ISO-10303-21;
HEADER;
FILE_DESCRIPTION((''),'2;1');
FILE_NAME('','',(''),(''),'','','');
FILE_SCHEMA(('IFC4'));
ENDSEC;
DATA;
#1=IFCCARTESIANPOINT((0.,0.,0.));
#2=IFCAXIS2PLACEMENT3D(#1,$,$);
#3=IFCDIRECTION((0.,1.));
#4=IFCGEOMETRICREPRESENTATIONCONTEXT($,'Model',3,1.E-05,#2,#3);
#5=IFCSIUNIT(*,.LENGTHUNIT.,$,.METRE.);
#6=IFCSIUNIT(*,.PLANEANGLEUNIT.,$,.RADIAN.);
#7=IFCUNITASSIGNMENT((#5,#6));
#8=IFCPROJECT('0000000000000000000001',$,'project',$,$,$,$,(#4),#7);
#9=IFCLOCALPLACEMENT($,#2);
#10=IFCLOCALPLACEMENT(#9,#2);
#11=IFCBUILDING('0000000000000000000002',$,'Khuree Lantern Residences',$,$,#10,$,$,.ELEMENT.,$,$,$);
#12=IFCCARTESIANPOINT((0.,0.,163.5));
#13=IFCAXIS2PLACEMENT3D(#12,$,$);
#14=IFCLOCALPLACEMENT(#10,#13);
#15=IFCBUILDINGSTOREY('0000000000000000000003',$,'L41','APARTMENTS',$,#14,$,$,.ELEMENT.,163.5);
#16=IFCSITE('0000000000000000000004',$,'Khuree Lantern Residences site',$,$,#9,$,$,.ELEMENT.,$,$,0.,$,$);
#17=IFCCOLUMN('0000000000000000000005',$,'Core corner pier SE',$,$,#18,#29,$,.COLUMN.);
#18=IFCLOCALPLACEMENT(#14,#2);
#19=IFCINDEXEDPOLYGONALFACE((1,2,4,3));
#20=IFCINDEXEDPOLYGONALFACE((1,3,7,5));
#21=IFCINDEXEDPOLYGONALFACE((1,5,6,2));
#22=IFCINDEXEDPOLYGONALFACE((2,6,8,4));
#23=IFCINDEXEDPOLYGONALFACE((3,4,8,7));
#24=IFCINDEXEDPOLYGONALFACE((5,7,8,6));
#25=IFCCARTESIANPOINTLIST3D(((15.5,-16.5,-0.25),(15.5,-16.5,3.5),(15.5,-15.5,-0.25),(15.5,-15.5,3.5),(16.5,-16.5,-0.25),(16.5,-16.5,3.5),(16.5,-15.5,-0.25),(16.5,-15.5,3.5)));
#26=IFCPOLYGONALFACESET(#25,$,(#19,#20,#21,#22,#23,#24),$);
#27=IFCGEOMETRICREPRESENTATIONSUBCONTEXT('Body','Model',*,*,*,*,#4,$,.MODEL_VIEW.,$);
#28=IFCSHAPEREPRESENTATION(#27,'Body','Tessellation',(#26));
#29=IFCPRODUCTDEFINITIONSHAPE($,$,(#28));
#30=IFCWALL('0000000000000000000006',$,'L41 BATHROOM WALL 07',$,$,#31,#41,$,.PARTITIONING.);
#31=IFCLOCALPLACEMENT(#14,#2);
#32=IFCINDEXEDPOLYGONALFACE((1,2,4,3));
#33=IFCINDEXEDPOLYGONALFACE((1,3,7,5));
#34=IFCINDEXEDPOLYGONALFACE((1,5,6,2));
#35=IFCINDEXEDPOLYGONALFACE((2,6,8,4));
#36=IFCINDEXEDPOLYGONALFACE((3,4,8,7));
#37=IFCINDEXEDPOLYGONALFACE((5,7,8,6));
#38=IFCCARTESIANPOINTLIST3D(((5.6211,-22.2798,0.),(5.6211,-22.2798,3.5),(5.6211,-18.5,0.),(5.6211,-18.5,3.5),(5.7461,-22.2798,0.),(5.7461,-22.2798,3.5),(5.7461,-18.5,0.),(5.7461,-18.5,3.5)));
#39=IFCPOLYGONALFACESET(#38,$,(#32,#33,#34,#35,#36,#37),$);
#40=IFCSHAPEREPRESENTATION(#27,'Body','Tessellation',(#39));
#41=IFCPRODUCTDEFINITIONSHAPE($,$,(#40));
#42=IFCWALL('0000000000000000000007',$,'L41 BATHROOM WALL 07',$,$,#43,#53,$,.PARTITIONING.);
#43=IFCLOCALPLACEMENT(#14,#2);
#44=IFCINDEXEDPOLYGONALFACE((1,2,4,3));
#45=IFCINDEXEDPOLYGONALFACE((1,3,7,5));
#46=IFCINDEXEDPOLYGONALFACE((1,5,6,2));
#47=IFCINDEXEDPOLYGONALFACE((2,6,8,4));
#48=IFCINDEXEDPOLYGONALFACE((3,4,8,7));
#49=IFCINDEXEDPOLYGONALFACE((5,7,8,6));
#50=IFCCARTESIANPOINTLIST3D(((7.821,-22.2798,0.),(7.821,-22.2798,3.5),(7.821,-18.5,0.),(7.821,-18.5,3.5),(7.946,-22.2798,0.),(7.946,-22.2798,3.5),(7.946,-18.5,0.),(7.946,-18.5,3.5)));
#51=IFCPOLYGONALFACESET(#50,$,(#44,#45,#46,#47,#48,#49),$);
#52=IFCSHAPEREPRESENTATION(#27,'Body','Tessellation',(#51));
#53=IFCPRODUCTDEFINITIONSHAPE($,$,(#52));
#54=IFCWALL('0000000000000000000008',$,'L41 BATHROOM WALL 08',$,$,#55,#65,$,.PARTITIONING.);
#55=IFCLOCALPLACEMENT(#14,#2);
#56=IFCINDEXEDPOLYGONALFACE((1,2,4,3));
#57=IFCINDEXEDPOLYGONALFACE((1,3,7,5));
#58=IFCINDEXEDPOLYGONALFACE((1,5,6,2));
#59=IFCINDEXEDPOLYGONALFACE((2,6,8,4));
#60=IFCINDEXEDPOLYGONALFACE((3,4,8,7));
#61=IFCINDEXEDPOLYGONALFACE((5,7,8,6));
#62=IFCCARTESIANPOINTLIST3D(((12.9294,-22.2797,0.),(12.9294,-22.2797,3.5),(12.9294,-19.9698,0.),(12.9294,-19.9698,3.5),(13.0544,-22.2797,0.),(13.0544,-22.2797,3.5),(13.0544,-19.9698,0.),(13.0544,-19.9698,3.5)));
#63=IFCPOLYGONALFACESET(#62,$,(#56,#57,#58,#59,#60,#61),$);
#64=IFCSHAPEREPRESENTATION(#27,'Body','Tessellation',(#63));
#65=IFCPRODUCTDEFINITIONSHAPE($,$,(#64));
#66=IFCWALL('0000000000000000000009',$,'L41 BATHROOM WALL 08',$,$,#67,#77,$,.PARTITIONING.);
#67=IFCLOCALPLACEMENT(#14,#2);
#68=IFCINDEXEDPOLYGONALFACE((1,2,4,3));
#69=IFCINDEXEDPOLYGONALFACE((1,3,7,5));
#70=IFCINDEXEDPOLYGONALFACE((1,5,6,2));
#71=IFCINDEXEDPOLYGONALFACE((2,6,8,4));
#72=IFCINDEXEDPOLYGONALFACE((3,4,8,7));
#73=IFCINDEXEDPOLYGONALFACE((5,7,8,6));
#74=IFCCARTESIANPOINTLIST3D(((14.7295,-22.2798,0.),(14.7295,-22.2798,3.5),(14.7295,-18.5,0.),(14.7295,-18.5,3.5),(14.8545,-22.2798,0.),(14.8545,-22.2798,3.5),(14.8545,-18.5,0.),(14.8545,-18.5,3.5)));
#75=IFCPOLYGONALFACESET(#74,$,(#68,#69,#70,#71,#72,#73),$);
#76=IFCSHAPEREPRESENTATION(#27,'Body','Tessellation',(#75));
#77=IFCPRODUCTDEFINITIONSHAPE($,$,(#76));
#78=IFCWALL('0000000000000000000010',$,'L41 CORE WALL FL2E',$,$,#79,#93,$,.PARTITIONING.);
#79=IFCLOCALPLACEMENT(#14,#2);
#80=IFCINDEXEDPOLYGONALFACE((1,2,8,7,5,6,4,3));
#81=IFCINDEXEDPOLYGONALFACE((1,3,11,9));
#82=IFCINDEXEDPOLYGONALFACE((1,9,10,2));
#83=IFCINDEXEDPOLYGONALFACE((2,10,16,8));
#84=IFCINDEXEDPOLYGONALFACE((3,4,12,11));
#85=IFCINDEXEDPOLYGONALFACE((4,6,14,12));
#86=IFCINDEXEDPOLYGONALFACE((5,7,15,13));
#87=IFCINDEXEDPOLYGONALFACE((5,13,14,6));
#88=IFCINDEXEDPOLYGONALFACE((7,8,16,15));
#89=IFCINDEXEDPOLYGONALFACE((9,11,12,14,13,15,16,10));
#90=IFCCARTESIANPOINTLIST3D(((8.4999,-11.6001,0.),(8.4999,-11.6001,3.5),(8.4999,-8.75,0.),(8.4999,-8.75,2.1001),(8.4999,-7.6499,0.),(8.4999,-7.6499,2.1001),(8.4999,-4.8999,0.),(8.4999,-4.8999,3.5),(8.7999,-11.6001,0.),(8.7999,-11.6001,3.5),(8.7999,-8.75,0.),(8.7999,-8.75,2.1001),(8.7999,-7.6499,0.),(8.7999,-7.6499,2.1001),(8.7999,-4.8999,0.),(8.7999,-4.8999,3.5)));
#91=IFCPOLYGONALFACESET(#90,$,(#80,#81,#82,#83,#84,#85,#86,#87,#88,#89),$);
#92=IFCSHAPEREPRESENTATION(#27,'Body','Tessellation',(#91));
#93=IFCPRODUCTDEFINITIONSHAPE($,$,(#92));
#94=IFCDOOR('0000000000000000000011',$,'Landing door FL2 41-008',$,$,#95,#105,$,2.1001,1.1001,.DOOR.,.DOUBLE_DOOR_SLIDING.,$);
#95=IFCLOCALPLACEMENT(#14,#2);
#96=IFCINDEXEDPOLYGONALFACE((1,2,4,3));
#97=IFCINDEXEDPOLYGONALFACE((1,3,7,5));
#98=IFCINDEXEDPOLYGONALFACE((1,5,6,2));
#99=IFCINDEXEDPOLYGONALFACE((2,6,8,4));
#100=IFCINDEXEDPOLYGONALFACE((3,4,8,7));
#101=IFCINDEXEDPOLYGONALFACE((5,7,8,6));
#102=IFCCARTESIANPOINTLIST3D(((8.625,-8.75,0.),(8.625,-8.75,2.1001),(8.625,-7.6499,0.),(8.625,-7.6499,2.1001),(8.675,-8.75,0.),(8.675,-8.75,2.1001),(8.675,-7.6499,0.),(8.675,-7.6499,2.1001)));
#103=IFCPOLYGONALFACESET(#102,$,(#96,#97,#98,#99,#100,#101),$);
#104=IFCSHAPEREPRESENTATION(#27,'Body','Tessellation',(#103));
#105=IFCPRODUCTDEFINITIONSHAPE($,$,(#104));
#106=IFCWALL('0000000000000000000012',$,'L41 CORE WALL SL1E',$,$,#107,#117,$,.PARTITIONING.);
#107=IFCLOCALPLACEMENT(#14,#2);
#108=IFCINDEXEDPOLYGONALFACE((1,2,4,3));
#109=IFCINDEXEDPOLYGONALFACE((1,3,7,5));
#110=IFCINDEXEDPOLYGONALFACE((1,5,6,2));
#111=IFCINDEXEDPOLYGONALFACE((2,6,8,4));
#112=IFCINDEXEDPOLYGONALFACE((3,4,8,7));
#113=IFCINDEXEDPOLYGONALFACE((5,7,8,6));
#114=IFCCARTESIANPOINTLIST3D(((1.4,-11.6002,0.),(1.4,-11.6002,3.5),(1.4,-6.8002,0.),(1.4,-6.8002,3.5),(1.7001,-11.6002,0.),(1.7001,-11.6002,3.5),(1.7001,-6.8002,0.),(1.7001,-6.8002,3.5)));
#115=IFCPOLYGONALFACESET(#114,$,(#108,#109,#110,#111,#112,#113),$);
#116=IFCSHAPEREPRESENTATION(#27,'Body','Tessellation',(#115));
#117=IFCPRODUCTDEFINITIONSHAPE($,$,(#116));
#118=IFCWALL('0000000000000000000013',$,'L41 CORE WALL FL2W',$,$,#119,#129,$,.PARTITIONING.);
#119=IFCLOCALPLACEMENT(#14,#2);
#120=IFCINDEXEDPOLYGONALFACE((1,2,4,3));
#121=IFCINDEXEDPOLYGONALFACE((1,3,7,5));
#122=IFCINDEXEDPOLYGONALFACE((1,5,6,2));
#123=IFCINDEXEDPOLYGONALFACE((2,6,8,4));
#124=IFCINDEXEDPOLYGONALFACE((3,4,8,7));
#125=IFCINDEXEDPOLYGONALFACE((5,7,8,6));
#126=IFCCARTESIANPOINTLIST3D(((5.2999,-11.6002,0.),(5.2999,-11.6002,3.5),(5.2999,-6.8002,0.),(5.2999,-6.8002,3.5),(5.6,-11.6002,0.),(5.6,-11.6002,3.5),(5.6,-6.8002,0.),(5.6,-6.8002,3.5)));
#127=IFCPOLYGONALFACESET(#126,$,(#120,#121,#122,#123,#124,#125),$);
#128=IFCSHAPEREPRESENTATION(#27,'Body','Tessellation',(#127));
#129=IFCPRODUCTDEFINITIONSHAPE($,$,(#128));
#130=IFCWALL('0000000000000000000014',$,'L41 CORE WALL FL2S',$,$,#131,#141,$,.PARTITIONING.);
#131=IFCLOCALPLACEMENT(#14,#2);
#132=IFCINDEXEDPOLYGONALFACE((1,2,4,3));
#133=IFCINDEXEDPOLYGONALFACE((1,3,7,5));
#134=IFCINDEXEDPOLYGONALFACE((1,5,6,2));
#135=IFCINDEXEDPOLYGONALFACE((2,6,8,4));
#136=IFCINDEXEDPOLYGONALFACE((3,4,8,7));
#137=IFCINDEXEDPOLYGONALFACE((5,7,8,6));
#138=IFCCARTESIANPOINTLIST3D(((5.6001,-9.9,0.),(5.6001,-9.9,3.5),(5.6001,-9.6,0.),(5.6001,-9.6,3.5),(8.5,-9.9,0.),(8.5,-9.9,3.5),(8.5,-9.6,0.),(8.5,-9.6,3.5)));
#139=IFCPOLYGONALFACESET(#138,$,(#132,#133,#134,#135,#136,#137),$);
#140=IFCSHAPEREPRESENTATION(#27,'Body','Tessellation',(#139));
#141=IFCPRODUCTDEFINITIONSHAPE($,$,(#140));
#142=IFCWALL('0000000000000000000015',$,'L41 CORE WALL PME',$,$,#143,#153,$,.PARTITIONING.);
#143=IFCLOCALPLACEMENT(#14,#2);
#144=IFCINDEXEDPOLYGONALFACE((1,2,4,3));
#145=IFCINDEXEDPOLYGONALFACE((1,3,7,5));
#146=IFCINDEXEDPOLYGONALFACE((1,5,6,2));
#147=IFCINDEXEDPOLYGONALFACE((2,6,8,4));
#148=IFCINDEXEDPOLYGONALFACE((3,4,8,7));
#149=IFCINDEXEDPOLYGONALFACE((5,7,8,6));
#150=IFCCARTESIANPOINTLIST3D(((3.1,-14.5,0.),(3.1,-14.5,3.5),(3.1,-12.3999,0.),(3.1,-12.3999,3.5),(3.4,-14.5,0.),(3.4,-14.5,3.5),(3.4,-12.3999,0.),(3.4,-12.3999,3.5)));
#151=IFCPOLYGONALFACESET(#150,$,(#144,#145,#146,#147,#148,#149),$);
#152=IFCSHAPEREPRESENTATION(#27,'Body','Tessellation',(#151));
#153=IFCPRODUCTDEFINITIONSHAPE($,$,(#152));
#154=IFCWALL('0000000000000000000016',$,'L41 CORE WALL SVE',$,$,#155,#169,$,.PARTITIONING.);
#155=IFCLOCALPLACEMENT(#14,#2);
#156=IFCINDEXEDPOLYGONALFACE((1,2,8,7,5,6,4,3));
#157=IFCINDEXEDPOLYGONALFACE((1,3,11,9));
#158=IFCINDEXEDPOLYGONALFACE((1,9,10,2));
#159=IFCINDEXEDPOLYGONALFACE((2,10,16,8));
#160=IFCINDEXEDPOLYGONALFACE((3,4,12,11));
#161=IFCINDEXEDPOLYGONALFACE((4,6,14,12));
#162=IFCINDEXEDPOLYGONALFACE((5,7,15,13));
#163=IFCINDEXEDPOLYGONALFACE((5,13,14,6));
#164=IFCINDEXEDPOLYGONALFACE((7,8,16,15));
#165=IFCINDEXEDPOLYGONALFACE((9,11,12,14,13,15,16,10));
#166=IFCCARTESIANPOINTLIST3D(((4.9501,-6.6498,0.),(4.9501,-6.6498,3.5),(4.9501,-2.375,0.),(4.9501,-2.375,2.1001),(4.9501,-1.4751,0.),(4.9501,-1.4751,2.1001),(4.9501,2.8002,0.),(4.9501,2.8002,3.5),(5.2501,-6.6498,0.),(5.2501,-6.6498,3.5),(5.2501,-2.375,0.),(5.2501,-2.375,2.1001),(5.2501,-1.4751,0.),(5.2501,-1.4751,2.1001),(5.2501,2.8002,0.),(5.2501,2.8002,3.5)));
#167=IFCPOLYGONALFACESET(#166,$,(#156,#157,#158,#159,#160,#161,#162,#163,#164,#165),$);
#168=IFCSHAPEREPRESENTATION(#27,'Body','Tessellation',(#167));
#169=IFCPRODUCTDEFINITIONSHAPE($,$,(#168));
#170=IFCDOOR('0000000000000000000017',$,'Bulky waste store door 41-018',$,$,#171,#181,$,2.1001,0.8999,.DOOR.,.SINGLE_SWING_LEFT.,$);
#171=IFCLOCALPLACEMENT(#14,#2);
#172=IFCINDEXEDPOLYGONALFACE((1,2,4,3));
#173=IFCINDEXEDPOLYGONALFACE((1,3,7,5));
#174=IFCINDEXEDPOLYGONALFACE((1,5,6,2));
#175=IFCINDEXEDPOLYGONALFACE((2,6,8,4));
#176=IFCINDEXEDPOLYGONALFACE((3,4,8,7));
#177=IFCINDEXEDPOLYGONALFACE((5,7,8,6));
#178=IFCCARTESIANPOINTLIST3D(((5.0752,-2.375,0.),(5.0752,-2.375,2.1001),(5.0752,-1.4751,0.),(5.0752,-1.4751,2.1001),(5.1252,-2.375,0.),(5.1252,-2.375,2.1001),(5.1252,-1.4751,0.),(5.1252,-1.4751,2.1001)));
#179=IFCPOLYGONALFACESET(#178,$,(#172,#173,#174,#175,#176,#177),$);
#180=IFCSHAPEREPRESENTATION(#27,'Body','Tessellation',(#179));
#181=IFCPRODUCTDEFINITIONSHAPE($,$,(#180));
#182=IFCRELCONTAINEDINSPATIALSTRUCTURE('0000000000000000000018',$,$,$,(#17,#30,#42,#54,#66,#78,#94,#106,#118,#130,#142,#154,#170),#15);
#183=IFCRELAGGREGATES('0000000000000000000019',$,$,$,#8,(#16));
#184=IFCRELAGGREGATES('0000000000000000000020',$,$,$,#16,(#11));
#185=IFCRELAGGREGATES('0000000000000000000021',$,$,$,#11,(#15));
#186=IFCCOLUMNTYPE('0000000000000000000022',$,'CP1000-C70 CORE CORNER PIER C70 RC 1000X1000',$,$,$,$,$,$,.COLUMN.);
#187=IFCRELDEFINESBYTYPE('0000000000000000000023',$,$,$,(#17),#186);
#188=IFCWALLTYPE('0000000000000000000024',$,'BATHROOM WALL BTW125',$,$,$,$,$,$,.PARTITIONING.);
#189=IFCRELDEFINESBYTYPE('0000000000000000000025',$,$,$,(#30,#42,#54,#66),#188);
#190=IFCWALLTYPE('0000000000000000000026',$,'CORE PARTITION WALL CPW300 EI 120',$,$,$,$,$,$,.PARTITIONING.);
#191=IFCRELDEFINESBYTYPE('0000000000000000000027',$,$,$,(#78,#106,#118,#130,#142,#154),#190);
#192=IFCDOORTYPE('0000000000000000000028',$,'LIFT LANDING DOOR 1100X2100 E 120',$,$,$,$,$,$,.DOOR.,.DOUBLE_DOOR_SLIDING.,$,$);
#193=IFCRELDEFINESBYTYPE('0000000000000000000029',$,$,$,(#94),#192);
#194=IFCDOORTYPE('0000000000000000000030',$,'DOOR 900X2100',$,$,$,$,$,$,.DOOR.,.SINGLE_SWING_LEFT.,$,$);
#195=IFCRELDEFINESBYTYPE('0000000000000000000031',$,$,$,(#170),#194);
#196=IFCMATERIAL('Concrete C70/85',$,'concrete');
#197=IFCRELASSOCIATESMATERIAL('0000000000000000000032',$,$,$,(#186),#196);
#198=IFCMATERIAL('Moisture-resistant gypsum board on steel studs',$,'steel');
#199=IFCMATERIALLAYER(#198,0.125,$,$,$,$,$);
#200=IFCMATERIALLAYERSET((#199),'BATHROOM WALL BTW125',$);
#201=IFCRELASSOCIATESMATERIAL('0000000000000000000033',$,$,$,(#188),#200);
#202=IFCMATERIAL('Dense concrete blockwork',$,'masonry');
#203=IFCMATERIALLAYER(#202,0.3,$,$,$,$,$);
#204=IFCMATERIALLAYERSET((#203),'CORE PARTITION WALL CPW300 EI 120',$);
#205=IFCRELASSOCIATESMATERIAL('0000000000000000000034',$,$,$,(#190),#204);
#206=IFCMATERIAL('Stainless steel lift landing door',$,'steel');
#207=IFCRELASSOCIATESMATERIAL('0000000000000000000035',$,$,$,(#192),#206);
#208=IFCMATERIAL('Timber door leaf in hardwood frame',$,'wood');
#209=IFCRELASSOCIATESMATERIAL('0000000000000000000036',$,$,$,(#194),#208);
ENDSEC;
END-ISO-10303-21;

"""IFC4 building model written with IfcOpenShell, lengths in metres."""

from ifc_helpers import new_model, si_unit, direction, frame, frame_2d, origin, origin_2d, place, context, subcontext, project, spatial, rectangle, extrude, material, layer, layer_set, material_profile, profile_set, type_object, element, fill, save


model = new_model("IFC4")

# Units and contexts
model_context = context("Model", 3, precision=1e-05, world=origin(), true_north=direction((0.0, 1.0)))
body_context = subcontext(model_context, "Body", "Model", "MODEL_VIEW")
ifc_project = project(units=[si_unit("LENGTHUNIT", "METRE"), si_unit("PLANEANGLEUNIT", "RADIAN")], contexts=[model_context])

# Site, building, storey
site_placement = place(None, origin())
site = spatial("IfcSite", under=ifc_project, at=site_placement, Name="Khuree Lantern Residences site", CompositionType="ELEMENT", RefElevation=0.0)
building_placement = place(site_placement, origin())
building = spatial("IfcBuilding", under=site, at=building_placement, Name="Khuree Lantern Residences", CompositionType="ELEMENT")
storey_placement = place(building_placement, frame((0.0, 0.0, 163.5)))
storey = spatial("IfcBuildingStorey", under=building, at=storey_placement, Name="L41", Description="APARTMENTS", CompositionType="ELEMENT", Elevation=163.5)

# Column
ifc_material_1 = material(Name="Concrete C70/85", Category="concrete")
ifc_material_profile = material_profile(ifc_material_1, rectangle(XDim=1.0, YDim=1.0, at=origin_2d()), Name="RC 1000X1000")
ifc_profile_set = profile_set([ifc_material_profile], Name="Concrete C70/85")
column_type = type_object("IfcColumnType", Name="CP1000-C70 CORE CORNER PIER C70 RC 1000X1000", PredefinedType="COLUMN", material=ifc_profile_set)
column_placement = place(storey_placement, frame((16.0, -16.0, -0.25), z_axis=(0.0, 0.0, 1.0), x_axis=(1.0, 0.0, 0.0)))
element("IfcColumn", 1, at=column_placement, inside=storey, type_object=column_type, Name="Core corner pier SE", PredefinedType="COLUMN", context=body_context, shape_type="SweptSolid", body=[
    extrude(rectangle(XDim=1.0, YDim=1.0, at=origin_2d()), origin(), (0.0, 0.0, 1.0), 3.75),
])

# Walls
ifc_material_2 = material(Name="Moisture-resistant gypsum board on steel studs", Category="steel")
ifc_layer_1 = layer(ifc_material_2, 0.125)
ifc_layer_set_1 = layer_set([ifc_layer_1], Name="BATHROOM WALL BTW125")
wall_type_1 = type_object("IfcWallType", Name="BATHROOM WALL BTW125", PredefinedType="PARTITIONING", material=ifc_layer_set_1)
for number, where, z_axis, x_axis, name in (
    (2, (5.6836, -18.5, 0.0), (0.0, 0.0, 1.0), (0.0, -1.0, 0.0), "L41 BATHROOM WALL 07"),
    (3, (7.8835, -18.5, 0.0), (0.0, 0.0, 1.0), (0.0, -1.0, 0.0), "L41 BATHROOM WALL 07"),
):
    element("IfcWall", number, at=place(storey_placement, frame(where, z_axis=z_axis, x_axis=x_axis)), inside=storey, type_object=wall_type_1, Name=name, PredefinedType="PARTITIONING", context=body_context, shape_type="SweptSolid", body=[
        extrude(rectangle(XDim=3.7798, YDim=0.125, at=frame_2d((1.8899, 0.0))), origin(), (0.0, 0.0, 1.0), 3.5),
    ])
wall_1_placement = place(storey_placement, frame((12.9919, -19.97, 0.0), z_axis=(0.0, 0.0, 1.0), x_axis=(0.0, -1.0, 0.0)))
element("IfcWall", 4, at=wall_1_placement, inside=storey, type_object=wall_type_1, Name="L41 BATHROOM WALL 08", PredefinedType="PARTITIONING", context=body_context, shape_type="SweptSolid", body=[
    extrude(rectangle(XDim=2.3098, YDim=0.125, at=frame_2d((1.1548, 0.0))), origin(), (0.0, 0.0, 1.0), 3.5),
])
wall_2_placement = place(storey_placement, frame((14.792, -18.5, 0.0), z_axis=(0.0, 0.0, 1.0), x_axis=(0.0, -1.0, 0.0)))
element("IfcWall", 5, at=wall_2_placement, inside=storey, type_object=wall_type_1, Name="L41 BATHROOM WALL 08", PredefinedType="PARTITIONING", context=body_context, shape_type="SweptSolid", body=[
    extrude(rectangle(XDim=3.7798, YDim=0.125, at=frame_2d((1.8899, 0.0))), origin(), (0.0, 0.0, 1.0), 3.5),
])

# Wall, opening, door
ifc_material_3 = material(Name="Dense concrete blockwork", Category="masonry")
ifc_layer_2 = layer(ifc_material_3, 0.3)
ifc_layer_set_2 = layer_set([ifc_layer_2], Name="CORE PARTITION WALL CPW300 EI 120")
wall_type_2 = type_object("IfcWallType", Name="CORE PARTITION WALL CPW300 EI 120", PredefinedType="PARTITIONING", material=ifc_layer_set_2)
wall_3_placement = place(storey_placement, frame((8.6499, -11.6001, 0.0), z_axis=(0.0, 0.0, 1.0), x_axis=(0.0, 1.0, 0.0)))
wall_3 = element("IfcWall", 6, at=wall_3_placement, inside=storey, type_object=wall_type_2, Name="L41 CORE WALL FL2E", PredefinedType="PARTITIONING", context=body_context, shape_type="SweptSolid", body=[
    extrude(rectangle(XDim=6.7002, YDim=0.3, at=frame_2d((3.3501, 0.0))), origin(), (0.0, 0.0, 1.0), 3.5),
])
opening_1_placement = place(wall_3_placement, frame((2.8501, 0.0, 0.0)))
opening_1 = element("IfcOpeningElement", 7, at=opening_1_placement, cuts=wall_3, PredefinedType="OPENING", context=body_context, shape_type="SweptSolid", body=[
    extrude(rectangle(XDim=1.1001, YDim=2.1001, at=frame_2d((0.55, 1.05))), frame((0.0, 0.1602, 0.0), z_axis=(0.0, -1.0, 0.0), x_axis=(1.0, 0.0, 0.0)), (0.0, 0.0, 1.0), 0.3201),
])
ifc_material_4 = material(Name="Stainless steel lift landing door", Category="steel")
door_type_1 = type_object("IfcDoorType", Name="LIFT LANDING DOOR 1100X2100 E 120", OperationType="DOUBLE_DOOR_SLIDING", PredefinedType="DOOR", material=ifc_material_4)
door_1_placement = place(opening_1_placement, origin())
door_1 = element("IfcDoor", 8, at=door_1_placement, inside=storey, type_object=door_type_1, Name="Landing door FL2 41-008", OperationType="DOUBLE_DOOR_SLIDING", OverallHeight=2.1001, OverallWidth=1.1001, PredefinedType="DOOR", context=body_context, shape_type="SweptSolid", body=[
    extrude(rectangle(XDim=1.1001, YDim=2.1001, at=frame_2d((0.55, 1.05))), frame((0.0, 0.0249, 0.0), z_axis=(0.0, -1.0, 0.0), x_axis=(1.0, 0.0, 0.0)), (0.0, 0.0, 1.0), 0.05),
])
fill(opening_1, door_1)

# Walls
for number, where, z_axis, x_axis, name in (
    (9, (1.55, -11.6001, 0.0), (0.0, 0.0, 1.0), (0.0, 1.0, 0.0), "L41 CORE WALL SL1E"),
    (10, (5.45, -11.6001, 0.0), (0.0, 0.0, 1.0), (0.0, 1.0, 0.0), "L41 CORE WALL FL2W"),
):
    element("IfcWall", number, at=place(storey_placement, frame(where, z_axis=z_axis, x_axis=x_axis)), inside=storey, type_object=wall_type_2, Name=name, PredefinedType="PARTITIONING", context=body_context, shape_type="SweptSolid", body=[
        extrude(rectangle(XDim=4.8, YDim=0.3, at=frame_2d((2.3999, 0.0))), origin(), (0.0, 0.0, 1.0), 3.5),
    ])
wall_4_placement = place(storey_placement, frame((5.6001, -9.75, 0.0), z_axis=(0.0, 0.0, 1.0), x_axis=(1.0, 0.0, 0.0)))
element("IfcWall", 11, at=wall_4_placement, inside=storey, type_object=wall_type_2, Name="L41 CORE WALL FL2S", PredefinedType="PARTITIONING", context=body_context, shape_type="SweptSolid", body=[
    extrude(rectangle(XDim=2.8999, YDim=0.3, at=frame_2d((1.45, 0.0))), origin(), (0.0, 0.0, 1.0), 3.5),
])
wall_5_placement = place(storey_placement, frame((3.25, -14.5, 0.0), z_axis=(0.0, 0.0, 1.0), x_axis=(0.0, 1.0, 0.0)))
element("IfcWall", 12, at=wall_5_placement, inside=storey, type_object=wall_type_2, Name="L41 CORE WALL PME", PredefinedType="PARTITIONING", context=body_context, shape_type="SweptSolid", body=[
    extrude(rectangle(XDim=2.1001, YDim=0.3, at=frame_2d((1.05, 0.0))), origin(), (0.0, 0.0, 1.0), 3.5),
])

# Wall, opening, door
wall_6_placement = place(storey_placement, frame((5.1001, -6.6499, 0.0), z_axis=(0.0, 0.0, 1.0), x_axis=(0.0, 1.0, 0.0)))
wall_6 = element("IfcWall", 13, at=wall_6_placement, inside=storey, type_object=wall_type_2, Name="L41 CORE WALL SVE", PredefinedType="PARTITIONING", context=body_context, shape_type="SweptSolid", body=[
    extrude(rectangle(XDim=9.45, YDim=0.3, at=frame_2d((4.7251, 0.0))), origin(), (0.0, 0.0, 1.0), 3.5),
])
opening_2_placement = place(wall_6_placement, frame((4.2749, 0.0, 0.0)))
opening_2 = element("IfcOpeningElement", 14, at=opening_2_placement, cuts=wall_6, PredefinedType="OPENING", context=body_context, shape_type="SweptSolid", body=[
    extrude(rectangle(XDim=0.8999, YDim=2.1001, at=frame_2d((0.45, 1.05))), frame((0.0, 0.1602, 0.0), z_axis=(0.0, -1.0, 0.0), x_axis=(1.0, 0.0, 0.0)), (0.0, 0.0, 1.0), 0.3201),
])
ifc_material_5 = material(Name="Timber door leaf in hardwood frame", Category="wood")
door_type_2 = type_object("IfcDoorType", Name="DOOR 900X2100", OperationType="SINGLE_SWING_LEFT", PredefinedType="DOOR", material=ifc_material_5)
door_2_placement = place(opening_2_placement, origin())
door_2 = element("IfcDoor", 15, at=door_2_placement, inside=storey, type_object=door_type_2, Name="Bulky waste store door 41-018", OperationType="SINGLE_SWING_LEFT", OverallHeight=2.1001, OverallWidth=0.8999, PredefinedType="DOOR", context=body_context, shape_type="SweptSolid", body=[
    extrude(rectangle(XDim=0.8999, YDim=2.1001, at=frame_2d((0.45, 1.05))), frame((0.0, 0.0249, 0.0), z_axis=(0.0, -1.0, 0.0), x_axis=(1.0, 0.0, 0.0)), (0.0, 0.0, 1.0), 0.05),
])
fill(opening_2, door_2)

save(model, "model.ifc")
